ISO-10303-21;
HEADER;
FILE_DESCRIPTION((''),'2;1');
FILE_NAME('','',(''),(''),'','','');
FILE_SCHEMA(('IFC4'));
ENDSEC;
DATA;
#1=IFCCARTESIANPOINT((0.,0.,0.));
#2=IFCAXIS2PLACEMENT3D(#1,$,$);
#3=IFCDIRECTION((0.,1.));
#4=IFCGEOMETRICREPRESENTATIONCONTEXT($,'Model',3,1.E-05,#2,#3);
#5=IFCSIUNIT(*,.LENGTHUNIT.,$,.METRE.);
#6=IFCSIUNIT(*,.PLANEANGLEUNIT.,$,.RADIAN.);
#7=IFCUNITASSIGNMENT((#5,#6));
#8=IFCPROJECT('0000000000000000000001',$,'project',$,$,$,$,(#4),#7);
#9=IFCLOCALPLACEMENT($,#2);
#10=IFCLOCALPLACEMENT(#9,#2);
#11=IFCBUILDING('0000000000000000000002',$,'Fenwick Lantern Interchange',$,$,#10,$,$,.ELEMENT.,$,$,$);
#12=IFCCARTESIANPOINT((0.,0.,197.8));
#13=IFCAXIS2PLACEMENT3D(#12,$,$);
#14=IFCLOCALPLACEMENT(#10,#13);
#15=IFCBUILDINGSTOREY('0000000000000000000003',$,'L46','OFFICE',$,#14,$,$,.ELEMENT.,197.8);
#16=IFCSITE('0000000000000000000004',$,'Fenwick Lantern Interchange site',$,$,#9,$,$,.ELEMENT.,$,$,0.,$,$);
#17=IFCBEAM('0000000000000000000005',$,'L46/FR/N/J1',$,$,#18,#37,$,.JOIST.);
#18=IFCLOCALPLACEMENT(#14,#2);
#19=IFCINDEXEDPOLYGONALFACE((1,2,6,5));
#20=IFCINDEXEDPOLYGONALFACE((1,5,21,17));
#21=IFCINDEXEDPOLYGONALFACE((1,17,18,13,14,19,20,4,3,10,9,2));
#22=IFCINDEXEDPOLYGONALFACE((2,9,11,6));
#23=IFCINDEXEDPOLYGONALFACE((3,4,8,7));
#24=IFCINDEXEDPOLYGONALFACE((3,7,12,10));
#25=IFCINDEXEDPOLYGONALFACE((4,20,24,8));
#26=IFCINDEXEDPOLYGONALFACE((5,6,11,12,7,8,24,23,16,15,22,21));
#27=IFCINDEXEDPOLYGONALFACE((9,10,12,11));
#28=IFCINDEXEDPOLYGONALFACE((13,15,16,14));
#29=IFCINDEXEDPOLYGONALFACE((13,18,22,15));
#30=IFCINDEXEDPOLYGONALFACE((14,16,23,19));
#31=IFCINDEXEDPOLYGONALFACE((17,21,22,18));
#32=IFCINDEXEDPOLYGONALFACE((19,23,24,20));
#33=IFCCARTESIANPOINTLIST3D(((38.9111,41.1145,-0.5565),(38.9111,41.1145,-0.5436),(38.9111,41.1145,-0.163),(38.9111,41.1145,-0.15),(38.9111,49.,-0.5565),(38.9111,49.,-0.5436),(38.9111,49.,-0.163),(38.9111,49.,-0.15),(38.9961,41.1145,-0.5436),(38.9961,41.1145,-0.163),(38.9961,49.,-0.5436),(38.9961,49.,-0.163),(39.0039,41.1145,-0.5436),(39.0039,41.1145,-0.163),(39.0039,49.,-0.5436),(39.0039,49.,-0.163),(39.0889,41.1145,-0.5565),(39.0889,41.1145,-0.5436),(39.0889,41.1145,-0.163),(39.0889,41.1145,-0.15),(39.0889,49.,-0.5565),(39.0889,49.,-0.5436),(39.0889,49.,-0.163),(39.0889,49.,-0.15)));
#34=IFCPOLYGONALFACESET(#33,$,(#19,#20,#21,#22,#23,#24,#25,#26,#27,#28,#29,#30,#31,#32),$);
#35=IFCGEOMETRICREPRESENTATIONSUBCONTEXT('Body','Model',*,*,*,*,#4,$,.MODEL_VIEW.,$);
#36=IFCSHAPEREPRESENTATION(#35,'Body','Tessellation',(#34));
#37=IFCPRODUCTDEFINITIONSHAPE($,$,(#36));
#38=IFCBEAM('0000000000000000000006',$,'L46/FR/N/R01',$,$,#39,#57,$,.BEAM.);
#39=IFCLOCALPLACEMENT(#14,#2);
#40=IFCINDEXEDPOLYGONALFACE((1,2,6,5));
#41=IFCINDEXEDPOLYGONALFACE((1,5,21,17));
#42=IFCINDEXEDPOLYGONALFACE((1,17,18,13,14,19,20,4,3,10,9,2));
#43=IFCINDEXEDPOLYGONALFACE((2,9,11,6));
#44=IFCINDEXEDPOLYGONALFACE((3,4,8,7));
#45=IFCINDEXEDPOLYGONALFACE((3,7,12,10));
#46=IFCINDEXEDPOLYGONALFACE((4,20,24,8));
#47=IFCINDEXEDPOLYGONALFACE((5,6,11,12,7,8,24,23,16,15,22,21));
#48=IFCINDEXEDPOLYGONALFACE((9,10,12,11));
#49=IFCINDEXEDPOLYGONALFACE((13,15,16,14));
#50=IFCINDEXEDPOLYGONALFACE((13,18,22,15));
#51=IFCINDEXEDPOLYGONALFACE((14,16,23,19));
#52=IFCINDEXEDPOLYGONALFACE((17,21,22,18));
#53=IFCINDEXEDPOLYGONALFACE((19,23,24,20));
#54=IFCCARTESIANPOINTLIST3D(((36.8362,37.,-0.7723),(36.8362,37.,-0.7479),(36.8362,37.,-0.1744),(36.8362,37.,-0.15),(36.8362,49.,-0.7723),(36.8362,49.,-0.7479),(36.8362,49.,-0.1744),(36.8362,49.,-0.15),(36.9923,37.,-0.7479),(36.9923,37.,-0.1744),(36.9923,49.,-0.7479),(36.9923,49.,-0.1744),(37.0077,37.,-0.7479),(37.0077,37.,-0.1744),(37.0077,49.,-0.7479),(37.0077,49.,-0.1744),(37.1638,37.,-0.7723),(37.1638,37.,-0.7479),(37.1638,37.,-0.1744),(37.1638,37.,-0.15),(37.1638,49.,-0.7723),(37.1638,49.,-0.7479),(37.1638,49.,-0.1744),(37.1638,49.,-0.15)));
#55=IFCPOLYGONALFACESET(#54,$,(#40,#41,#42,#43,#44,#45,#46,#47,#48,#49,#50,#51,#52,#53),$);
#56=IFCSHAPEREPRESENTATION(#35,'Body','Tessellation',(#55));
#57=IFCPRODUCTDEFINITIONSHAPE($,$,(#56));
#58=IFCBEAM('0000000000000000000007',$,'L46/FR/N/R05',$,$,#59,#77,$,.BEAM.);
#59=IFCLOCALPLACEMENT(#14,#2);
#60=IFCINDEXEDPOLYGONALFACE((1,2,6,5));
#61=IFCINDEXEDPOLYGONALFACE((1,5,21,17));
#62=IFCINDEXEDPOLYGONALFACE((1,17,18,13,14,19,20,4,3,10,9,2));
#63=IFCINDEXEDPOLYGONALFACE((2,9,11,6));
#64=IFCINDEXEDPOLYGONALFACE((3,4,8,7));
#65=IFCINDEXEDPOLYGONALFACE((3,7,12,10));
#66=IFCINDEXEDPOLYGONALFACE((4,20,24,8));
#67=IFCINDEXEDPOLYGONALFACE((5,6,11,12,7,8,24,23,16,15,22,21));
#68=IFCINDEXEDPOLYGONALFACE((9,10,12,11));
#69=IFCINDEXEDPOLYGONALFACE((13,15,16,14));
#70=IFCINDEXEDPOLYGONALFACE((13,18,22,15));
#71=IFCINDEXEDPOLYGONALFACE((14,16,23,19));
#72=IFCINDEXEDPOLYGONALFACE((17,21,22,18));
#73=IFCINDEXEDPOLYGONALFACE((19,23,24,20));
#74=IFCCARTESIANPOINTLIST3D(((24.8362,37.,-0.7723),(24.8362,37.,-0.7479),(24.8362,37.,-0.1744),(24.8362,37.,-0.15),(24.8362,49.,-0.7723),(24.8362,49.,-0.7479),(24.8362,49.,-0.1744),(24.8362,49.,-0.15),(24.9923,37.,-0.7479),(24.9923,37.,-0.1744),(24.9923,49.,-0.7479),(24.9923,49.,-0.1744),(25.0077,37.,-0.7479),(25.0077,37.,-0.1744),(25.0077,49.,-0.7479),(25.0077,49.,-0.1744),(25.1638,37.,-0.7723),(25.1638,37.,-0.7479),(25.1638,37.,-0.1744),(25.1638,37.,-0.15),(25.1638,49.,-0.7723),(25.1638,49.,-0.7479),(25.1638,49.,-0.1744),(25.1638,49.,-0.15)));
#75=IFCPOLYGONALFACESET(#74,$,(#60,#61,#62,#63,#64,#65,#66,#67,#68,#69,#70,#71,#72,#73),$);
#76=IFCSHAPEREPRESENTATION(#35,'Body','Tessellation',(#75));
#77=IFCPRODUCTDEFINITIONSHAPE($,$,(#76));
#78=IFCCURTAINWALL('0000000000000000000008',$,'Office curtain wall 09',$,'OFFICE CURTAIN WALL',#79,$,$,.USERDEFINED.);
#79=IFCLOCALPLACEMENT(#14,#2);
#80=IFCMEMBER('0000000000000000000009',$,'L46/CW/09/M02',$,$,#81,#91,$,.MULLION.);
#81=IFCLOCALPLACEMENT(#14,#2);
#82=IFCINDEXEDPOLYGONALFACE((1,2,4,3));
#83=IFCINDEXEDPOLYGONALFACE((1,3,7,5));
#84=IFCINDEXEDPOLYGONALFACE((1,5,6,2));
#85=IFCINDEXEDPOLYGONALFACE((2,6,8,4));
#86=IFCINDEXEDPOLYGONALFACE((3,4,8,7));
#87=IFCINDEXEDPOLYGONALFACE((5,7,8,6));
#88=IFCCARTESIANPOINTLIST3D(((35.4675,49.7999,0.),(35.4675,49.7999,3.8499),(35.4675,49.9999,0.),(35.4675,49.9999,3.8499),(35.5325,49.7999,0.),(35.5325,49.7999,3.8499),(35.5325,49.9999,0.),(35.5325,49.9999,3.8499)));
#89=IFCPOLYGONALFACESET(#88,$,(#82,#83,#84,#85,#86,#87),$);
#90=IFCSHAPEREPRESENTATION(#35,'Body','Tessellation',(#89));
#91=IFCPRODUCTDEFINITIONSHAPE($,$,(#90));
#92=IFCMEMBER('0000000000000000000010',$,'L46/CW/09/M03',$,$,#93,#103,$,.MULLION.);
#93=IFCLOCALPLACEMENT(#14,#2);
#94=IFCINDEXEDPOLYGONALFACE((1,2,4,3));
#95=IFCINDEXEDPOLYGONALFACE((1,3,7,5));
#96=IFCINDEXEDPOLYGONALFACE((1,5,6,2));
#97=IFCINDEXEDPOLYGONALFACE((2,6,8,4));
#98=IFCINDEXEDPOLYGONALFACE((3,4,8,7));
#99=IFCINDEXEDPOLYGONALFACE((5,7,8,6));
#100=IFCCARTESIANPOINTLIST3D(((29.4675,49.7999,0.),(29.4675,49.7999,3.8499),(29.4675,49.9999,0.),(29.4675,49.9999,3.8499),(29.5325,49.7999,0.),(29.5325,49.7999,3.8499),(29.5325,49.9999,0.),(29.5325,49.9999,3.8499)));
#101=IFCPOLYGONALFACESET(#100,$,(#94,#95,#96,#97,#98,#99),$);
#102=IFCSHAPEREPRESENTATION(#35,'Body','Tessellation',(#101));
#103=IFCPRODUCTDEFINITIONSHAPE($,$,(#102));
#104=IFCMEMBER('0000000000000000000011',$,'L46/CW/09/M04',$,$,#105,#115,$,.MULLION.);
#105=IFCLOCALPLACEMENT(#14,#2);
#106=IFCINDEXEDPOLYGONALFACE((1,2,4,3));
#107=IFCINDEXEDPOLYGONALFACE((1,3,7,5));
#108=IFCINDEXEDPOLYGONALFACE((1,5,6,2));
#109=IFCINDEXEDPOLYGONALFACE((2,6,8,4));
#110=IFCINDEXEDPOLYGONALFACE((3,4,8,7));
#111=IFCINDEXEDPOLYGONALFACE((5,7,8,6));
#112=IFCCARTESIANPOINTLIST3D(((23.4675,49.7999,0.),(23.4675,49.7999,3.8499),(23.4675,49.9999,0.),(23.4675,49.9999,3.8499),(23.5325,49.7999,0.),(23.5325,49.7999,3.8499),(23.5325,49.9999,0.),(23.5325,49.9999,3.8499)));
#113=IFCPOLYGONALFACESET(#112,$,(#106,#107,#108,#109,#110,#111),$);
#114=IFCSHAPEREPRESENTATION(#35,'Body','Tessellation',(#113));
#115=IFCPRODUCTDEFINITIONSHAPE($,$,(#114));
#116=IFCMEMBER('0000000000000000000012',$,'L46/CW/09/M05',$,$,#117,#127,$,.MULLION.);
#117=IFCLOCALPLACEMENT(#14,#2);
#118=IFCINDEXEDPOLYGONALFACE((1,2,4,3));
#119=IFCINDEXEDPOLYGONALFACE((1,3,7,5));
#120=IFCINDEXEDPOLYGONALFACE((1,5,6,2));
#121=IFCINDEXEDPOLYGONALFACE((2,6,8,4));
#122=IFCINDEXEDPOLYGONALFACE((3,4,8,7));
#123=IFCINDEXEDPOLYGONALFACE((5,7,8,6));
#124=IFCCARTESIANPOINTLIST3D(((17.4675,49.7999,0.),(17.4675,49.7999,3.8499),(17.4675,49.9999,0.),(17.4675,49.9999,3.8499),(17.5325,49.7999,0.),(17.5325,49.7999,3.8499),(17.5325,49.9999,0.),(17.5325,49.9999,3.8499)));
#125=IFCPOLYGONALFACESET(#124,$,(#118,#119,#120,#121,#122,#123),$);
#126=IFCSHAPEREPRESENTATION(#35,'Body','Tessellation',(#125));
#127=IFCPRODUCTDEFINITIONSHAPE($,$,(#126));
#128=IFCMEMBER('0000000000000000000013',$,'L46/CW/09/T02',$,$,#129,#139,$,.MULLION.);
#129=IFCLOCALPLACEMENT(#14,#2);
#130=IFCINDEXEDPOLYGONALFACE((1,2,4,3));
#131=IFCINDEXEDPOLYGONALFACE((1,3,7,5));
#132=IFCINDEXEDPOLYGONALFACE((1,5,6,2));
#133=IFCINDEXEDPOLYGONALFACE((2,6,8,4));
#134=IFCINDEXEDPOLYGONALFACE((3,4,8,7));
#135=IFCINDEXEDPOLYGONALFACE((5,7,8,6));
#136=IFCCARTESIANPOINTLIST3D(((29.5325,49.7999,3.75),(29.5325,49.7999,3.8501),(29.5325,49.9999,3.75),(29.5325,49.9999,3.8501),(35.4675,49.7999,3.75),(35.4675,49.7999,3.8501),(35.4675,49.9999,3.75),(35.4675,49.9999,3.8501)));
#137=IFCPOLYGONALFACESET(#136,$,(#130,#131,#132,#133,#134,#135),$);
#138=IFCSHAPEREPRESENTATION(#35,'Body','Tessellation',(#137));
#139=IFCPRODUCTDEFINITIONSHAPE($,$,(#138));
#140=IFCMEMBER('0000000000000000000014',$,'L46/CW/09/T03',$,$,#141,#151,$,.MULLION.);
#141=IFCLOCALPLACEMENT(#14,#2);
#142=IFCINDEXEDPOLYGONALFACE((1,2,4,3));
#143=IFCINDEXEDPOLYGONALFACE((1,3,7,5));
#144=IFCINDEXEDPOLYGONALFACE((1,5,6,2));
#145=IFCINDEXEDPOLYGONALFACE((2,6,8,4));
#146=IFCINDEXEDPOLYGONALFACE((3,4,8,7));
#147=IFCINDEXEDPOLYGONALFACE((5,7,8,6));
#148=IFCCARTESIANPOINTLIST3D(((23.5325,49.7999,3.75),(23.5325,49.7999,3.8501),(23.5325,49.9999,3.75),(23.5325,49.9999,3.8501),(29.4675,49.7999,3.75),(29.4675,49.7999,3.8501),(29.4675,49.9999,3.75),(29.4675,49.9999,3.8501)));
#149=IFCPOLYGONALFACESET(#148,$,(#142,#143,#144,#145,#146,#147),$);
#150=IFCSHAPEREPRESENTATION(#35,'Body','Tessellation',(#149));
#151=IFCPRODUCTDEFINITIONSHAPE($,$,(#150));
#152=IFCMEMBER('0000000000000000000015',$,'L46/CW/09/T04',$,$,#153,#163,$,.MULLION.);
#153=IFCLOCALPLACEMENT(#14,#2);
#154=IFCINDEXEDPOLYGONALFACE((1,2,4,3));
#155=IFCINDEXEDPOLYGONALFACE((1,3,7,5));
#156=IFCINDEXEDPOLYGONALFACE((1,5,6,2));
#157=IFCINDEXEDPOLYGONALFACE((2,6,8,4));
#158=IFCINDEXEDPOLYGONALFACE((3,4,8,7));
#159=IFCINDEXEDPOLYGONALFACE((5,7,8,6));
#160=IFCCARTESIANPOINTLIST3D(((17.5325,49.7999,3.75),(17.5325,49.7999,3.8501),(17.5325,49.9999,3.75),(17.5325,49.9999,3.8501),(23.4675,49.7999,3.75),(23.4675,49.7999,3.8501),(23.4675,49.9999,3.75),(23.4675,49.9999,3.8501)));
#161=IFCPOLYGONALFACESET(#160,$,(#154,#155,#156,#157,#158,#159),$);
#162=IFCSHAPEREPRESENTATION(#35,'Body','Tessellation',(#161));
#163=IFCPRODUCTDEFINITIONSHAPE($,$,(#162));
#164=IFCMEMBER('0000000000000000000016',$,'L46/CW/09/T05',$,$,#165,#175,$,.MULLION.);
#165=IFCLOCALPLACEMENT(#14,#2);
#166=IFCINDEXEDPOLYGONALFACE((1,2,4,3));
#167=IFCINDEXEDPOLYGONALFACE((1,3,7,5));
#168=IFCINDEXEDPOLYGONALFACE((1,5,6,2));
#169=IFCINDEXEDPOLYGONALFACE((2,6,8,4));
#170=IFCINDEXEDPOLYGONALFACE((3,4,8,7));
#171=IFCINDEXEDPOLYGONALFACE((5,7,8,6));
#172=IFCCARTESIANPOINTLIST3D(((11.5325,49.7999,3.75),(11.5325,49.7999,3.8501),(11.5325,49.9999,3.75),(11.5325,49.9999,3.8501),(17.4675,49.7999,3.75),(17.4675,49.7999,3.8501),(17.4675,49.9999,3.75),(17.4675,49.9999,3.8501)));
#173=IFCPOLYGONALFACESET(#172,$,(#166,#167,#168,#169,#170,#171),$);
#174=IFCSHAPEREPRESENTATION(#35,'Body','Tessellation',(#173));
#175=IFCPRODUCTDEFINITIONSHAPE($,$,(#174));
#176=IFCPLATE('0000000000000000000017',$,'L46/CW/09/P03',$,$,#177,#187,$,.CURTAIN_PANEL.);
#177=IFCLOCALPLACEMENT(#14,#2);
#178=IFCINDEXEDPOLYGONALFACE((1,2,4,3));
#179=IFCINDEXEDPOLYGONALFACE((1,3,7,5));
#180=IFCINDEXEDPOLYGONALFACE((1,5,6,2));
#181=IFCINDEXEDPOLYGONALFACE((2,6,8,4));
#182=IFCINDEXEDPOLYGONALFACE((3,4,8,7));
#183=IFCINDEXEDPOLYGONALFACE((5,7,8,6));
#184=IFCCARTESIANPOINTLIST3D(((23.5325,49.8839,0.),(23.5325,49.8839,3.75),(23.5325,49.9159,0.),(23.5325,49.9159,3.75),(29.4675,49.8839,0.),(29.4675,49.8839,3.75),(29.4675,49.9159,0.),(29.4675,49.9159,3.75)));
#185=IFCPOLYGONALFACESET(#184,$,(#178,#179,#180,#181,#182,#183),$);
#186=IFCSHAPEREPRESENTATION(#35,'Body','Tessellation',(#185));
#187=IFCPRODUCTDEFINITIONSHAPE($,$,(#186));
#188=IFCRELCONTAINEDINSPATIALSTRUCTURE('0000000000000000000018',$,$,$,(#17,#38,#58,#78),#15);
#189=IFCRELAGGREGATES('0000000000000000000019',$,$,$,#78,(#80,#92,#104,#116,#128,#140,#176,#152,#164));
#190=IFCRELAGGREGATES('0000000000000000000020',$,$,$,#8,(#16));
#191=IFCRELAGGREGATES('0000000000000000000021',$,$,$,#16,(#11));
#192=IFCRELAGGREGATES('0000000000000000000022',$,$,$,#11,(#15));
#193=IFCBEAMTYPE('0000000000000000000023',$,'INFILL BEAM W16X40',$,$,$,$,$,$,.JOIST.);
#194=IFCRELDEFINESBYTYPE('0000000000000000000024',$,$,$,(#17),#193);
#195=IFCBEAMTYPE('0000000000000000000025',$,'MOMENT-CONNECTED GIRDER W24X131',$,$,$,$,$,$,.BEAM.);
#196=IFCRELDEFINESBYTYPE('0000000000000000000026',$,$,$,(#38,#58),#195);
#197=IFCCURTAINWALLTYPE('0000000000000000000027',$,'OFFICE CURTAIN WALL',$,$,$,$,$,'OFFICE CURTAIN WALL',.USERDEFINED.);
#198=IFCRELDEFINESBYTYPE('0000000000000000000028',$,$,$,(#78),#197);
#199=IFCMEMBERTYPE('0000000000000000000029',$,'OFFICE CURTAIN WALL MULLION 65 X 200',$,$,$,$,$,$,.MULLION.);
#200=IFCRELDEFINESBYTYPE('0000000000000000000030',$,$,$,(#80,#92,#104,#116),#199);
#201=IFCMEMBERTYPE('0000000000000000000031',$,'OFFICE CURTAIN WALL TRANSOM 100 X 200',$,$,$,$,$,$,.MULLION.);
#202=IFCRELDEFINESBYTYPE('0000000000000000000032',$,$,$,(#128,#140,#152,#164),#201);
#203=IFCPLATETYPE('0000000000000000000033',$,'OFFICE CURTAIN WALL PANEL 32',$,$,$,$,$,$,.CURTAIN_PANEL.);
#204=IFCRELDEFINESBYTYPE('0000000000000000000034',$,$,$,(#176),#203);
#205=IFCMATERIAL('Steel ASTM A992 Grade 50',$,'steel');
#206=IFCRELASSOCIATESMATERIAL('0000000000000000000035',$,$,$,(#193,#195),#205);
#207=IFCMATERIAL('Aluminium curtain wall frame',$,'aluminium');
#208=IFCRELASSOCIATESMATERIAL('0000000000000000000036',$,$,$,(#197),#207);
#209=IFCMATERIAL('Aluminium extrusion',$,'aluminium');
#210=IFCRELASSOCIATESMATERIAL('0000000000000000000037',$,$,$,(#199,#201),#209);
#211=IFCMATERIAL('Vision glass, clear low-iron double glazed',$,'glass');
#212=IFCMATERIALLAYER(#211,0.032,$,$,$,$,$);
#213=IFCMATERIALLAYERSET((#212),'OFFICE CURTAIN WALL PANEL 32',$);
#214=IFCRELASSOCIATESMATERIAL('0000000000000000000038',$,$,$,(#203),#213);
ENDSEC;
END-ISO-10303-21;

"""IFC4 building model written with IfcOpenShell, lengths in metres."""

from ifc_helpers import new_model, si_unit, direction, frame, origin, origin_2d, place, context, subcontext, project, spatial, rectangle, i_section, extrude, material, layer, layer_set, material_profile, profile_set, type_object, element, aggregate, save


model = new_model("IFC4")

# Units and contexts
model_context = context("Model", 3, precision=1e-05, world=origin(), true_north=direction((0.0, 1.0)))
body_context = subcontext(model_context, "Body", "Model", "MODEL_VIEW")
ifc_project = project(units=[si_unit("LENGTHUNIT", "METRE"), si_unit("PLANEANGLEUNIT", "RADIAN")], contexts=[model_context])

# Site, building, storey
site_placement = place(None, origin())
site = spatial("IfcSite", under=ifc_project, at=site_placement, Name="Fenwick Lantern Interchange site", CompositionType="ELEMENT", RefElevation=0.0)
building_placement = place(site_placement, origin())
building = spatial("IfcBuilding", under=site, at=building_placement, Name="Fenwick Lantern Interchange", CompositionType="ELEMENT")
storey_placement = place(building_placement, frame((0.0, 0.0, 197.8)))
storey = spatial("IfcBuildingStorey", under=building, at=storey_placement, Name="L46", Description="OFFICE", CompositionType="ELEMENT", Elevation=197.8)

# Beams
ifc_material_1 = material(Name="Steel ASTM A992 Grade 50", Category="steel")
ifc_material_profile_1 = material_profile(ifc_material_1, i_section(OverallWidth=0.1777, OverallDepth=0.4065, WebThickness=0.0078, FlangeThickness=0.0129, at=origin_2d()), Name="W16X40")
ifc_profile_set_1 = profile_set([ifc_material_profile_1], Name="Steel ASTM A992 Grade 50")
beam_type_1 = type_object("IfcBeamType", Name="INFILL BEAM W16X40", PredefinedType="JOIST", material=ifc_profile_set_1)
beam_placement = place(storey_placement, frame((39.0, 49.0, -0.3533), z_axis=(0.0, -1.0, 0.0), x_axis=(1.0, 0.0, 0.0)))
element("IfcBeam", 1, at=beam_placement, inside=storey, type_object=beam_type_1, Name="L46/FR/N/J1", PredefinedType="JOIST", context=body_context, shape_type="SweptSolid", body=[
    extrude(i_section(OverallWidth=0.1777, OverallDepth=0.4065, WebThickness=0.0078, FlangeThickness=0.0129, at=origin_2d()), origin(), (0.0, 0.0, 1.0), 7.8855),
])
ifc_material_profile_2 = material_profile(ifc_material_1, i_section(OverallWidth=0.3276, OverallDepth=0.6223, WebThickness=0.0154, FlangeThickness=0.0244, at=origin_2d()), Name="W24X131")
ifc_profile_set_2 = profile_set([ifc_material_profile_2], Name="Steel ASTM A992 Grade 50")
beam_type_2 = type_object("IfcBeamType", Name="MOMENT-CONNECTED GIRDER W24X131", PredefinedType="BEAM", material=ifc_profile_set_2)
for number, where, z_axis, x_axis, name in (
    (2, (37.0, 49.0, -0.4612), (0.0, -1.0, 0.0), (1.0, 0.0, 0.0), "L46/FR/N/R01"),
    (3, (25.0, 49.0, -0.4612), (0.0, -1.0, 0.0), (1.0, 0.0, 0.0), "L46/FR/N/R05"),
):
    element("IfcBeam", number, at=place(storey_placement, frame(where, z_axis=z_axis, x_axis=x_axis)), inside=storey, type_object=beam_type_2, Name=name, PredefinedType="BEAM", context=body_context, shape_type="SweptSolid", body=[
        extrude(i_section(OverallWidth=0.3276, OverallDepth=0.6223, WebThickness=0.0154, FlangeThickness=0.0244, at=origin_2d()), origin(), (0.0, 0.0, 1.0), 12.0),
    ])

# Curtain wall, members, plate
ifc_material_2 = material(Name="Aluminium curtain wall frame", Category="aluminium")
curtain_wall_type = type_object("IfcCurtainWallType", Name="OFFICE CURTAIN WALL", ElementType="OFFICE CURTAIN WALL", PredefinedType="USERDEFINED", material=ifc_material_2)
curtain_wall_placement = place(storey_placement, origin())
curtain_wall = element("IfcCurtainWall", 4, at=curtain_wall_placement, inside=storey, type_object=curtain_wall_type, Name="Office curtain wall 09", ObjectType="OFFICE CURTAIN WALL", PredefinedType="USERDEFINED")
ifc_material_3 = material(Name="Aluminium extrusion", Category="aluminium")
ifc_material_profile_3 = material_profile(ifc_material_3, rectangle(XDim=0.2, YDim=0.0649, at=origin_2d()), Name="OFFICE CURTAIN WALL MULLION 65 X 200")
ifc_profile_set_3 = profile_set([ifc_material_profile_3], Name="Aluminium extrusion")
member_type_1 = type_object("IfcMemberType", Name="OFFICE CURTAIN WALL MULLION 65 X 200", PredefinedType="MULLION", material=ifc_profile_set_3)
member_1_placement = place(storey_placement, frame((35.5, 49.8999, 0.0), z_axis=(0.0, 0.0, 1.0), x_axis=(0.0, -1.0, 0.0)))
member_1 = element("IfcMember", 5, at=member_1_placement, type_object=member_type_1, Name="L46/CW/09/M02", PredefinedType="MULLION", context=body_context, shape_type="SweptSolid", body=[
    extrude(rectangle(XDim=0.2, YDim=0.0649, at=origin_2d()), origin(), (0.0, 0.0, 1.0), 3.8499),
])
member_2_placement = place(storey_placement, frame((29.5, 49.8999, 0.0), z_axis=(0.0, 0.0, 1.0), x_axis=(0.0, -1.0, 0.0)))
member_2 = element("IfcMember", 6, at=member_2_placement, type_object=member_type_1, Name="L46/CW/09/M03", PredefinedType="MULLION", context=body_context, shape_type="SweptSolid", body=[
    extrude(rectangle(XDim=0.2, YDim=0.0649, at=origin_2d()), origin(), (0.0, 0.0, 1.0), 3.8499),
])
member_3_placement = place(storey_placement, frame((23.5, 49.8999, 0.0), z_axis=(0.0, 0.0, 1.0), x_axis=(0.0, -1.0, 0.0)))
member_3 = element("IfcMember", 7, at=member_3_placement, type_object=member_type_1, Name="L46/CW/09/M04", PredefinedType="MULLION", context=body_context, shape_type="SweptSolid", body=[
    extrude(rectangle(XDim=0.2, YDim=0.0649, at=origin_2d()), origin(), (0.0, 0.0, 1.0), 3.8499),
])
member_4_placement = place(storey_placement, frame((17.5, 49.8999, 0.0), z_axis=(0.0, 0.0, 1.0), x_axis=(0.0, -1.0, 0.0)))
member_4 = element("IfcMember", 8, at=member_4_placement, type_object=member_type_1, Name="L46/CW/09/M05", PredefinedType="MULLION", context=body_context, shape_type="SweptSolid", body=[
    extrude(rectangle(XDim=0.2, YDim=0.0649, at=origin_2d()), origin(), (0.0, 0.0, 1.0), 3.8499),
])
ifc_material_profile_4 = material_profile(ifc_material_3, rectangle(XDim=0.2, YDim=0.1001, at=origin_2d()), Name="OFFICE CURTAIN WALL TRANSOM 100 X 200")
ifc_profile_set_4 = profile_set([ifc_material_profile_4], Name="Aluminium extrusion")
member_type_2 = type_object("IfcMemberType", Name="OFFICE CURTAIN WALL TRANSOM 100 X 200", PredefinedType="MULLION", material=ifc_profile_set_4)
member_5_placement = place(storey_placement, frame((35.4675, 49.8999, 3.8), z_axis=(-1.0, 0.0, 0.0), x_axis=(0.0, -1.0, 0.0)))
member_5 = element("IfcMember", 9, at=member_5_placement, type_object=member_type_2, Name="L46/CW/09/T02", PredefinedType="MULLION", context=body_context, shape_type="SweptSolid", body=[
    extrude(rectangle(XDim=0.2, YDim=0.1001, at=origin_2d()), origin(), (0.0, 0.0, 1.0), 5.9351),
])
member_6_placement = place(storey_placement, frame((29.4675, 49.8999, 3.8), z_axis=(-1.0, 0.0, 0.0), x_axis=(0.0, -1.0, 0.0)))
member_6 = element("IfcMember", 10, at=member_6_placement, type_object=member_type_2, Name="L46/CW/09/T03", PredefinedType="MULLION", context=body_context, shape_type="SweptSolid", body=[
    extrude(rectangle(XDim=0.2, YDim=0.1001, at=origin_2d()), origin(), (0.0, 0.0, 1.0), 5.9351),
])
member_7_placement = place(storey_placement, frame((23.4675, 49.8999, 3.8), z_axis=(-1.0, 0.0, 0.0), x_axis=(0.0, -1.0, 0.0)))
member_7 = element("IfcMember", 11, at=member_7_placement, type_object=member_type_2, Name="L46/CW/09/T04", PredefinedType="MULLION", context=body_context, shape_type="SweptSolid", body=[
    extrude(rectangle(XDim=0.2, YDim=0.1001, at=origin_2d()), origin(), (0.0, 0.0, 1.0), 5.9351),
])
member_8_placement = place(storey_placement, frame((17.4675, 49.8999, 3.8), z_axis=(-1.0, 0.0, 0.0), x_axis=(0.0, -1.0, 0.0)))
member_8 = element("IfcMember", 12, at=member_8_placement, type_object=member_type_2, Name="L46/CW/09/T05", PredefinedType="MULLION", context=body_context, shape_type="SweptSolid", body=[
    extrude(rectangle(XDim=0.2, YDim=0.1001, at=origin_2d()), origin(), (0.0, 0.0, 1.0), 5.9351),
])
ifc_material_4 = material(Name="Vision glass, clear low-iron double glazed", Category="glass")
ifc_layer_1 = layer(ifc_material_4, 0.032)
ifc_layer_set_1 = layer_set([ifc_layer_1], Name="OFFICE CURTAIN WALL PANEL 32")
plate_type = type_object("IfcPlateType", Name="OFFICE CURTAIN WALL PANEL 32", PredefinedType="CURTAIN_PANEL", material=ifc_layer_set_1)
plate_placement = place(storey_placement, frame((26.5, 49.8999, 0.0), z_axis=(0.0, 0.0, 1.0), x_axis=(-1.0, 0.0, 0.0)))
plate = element("IfcPlate", 13, at=plate_placement, type_object=plate_type, Name="L46/CW/09/P03", PredefinedType="CURTAIN_PANEL", context=body_context, shape_type="SweptSolid", body=[
    extrude(rectangle(XDim=5.9351, YDim=0.032, at=origin_2d()), origin(), (0.0, 0.0, 1.0), 3.75),
])
aggregate(curtain_wall, [member_1, member_2, member_3, member_4, member_5, member_6, plate, member_7, member_8])

save(model, "model.ifc")
